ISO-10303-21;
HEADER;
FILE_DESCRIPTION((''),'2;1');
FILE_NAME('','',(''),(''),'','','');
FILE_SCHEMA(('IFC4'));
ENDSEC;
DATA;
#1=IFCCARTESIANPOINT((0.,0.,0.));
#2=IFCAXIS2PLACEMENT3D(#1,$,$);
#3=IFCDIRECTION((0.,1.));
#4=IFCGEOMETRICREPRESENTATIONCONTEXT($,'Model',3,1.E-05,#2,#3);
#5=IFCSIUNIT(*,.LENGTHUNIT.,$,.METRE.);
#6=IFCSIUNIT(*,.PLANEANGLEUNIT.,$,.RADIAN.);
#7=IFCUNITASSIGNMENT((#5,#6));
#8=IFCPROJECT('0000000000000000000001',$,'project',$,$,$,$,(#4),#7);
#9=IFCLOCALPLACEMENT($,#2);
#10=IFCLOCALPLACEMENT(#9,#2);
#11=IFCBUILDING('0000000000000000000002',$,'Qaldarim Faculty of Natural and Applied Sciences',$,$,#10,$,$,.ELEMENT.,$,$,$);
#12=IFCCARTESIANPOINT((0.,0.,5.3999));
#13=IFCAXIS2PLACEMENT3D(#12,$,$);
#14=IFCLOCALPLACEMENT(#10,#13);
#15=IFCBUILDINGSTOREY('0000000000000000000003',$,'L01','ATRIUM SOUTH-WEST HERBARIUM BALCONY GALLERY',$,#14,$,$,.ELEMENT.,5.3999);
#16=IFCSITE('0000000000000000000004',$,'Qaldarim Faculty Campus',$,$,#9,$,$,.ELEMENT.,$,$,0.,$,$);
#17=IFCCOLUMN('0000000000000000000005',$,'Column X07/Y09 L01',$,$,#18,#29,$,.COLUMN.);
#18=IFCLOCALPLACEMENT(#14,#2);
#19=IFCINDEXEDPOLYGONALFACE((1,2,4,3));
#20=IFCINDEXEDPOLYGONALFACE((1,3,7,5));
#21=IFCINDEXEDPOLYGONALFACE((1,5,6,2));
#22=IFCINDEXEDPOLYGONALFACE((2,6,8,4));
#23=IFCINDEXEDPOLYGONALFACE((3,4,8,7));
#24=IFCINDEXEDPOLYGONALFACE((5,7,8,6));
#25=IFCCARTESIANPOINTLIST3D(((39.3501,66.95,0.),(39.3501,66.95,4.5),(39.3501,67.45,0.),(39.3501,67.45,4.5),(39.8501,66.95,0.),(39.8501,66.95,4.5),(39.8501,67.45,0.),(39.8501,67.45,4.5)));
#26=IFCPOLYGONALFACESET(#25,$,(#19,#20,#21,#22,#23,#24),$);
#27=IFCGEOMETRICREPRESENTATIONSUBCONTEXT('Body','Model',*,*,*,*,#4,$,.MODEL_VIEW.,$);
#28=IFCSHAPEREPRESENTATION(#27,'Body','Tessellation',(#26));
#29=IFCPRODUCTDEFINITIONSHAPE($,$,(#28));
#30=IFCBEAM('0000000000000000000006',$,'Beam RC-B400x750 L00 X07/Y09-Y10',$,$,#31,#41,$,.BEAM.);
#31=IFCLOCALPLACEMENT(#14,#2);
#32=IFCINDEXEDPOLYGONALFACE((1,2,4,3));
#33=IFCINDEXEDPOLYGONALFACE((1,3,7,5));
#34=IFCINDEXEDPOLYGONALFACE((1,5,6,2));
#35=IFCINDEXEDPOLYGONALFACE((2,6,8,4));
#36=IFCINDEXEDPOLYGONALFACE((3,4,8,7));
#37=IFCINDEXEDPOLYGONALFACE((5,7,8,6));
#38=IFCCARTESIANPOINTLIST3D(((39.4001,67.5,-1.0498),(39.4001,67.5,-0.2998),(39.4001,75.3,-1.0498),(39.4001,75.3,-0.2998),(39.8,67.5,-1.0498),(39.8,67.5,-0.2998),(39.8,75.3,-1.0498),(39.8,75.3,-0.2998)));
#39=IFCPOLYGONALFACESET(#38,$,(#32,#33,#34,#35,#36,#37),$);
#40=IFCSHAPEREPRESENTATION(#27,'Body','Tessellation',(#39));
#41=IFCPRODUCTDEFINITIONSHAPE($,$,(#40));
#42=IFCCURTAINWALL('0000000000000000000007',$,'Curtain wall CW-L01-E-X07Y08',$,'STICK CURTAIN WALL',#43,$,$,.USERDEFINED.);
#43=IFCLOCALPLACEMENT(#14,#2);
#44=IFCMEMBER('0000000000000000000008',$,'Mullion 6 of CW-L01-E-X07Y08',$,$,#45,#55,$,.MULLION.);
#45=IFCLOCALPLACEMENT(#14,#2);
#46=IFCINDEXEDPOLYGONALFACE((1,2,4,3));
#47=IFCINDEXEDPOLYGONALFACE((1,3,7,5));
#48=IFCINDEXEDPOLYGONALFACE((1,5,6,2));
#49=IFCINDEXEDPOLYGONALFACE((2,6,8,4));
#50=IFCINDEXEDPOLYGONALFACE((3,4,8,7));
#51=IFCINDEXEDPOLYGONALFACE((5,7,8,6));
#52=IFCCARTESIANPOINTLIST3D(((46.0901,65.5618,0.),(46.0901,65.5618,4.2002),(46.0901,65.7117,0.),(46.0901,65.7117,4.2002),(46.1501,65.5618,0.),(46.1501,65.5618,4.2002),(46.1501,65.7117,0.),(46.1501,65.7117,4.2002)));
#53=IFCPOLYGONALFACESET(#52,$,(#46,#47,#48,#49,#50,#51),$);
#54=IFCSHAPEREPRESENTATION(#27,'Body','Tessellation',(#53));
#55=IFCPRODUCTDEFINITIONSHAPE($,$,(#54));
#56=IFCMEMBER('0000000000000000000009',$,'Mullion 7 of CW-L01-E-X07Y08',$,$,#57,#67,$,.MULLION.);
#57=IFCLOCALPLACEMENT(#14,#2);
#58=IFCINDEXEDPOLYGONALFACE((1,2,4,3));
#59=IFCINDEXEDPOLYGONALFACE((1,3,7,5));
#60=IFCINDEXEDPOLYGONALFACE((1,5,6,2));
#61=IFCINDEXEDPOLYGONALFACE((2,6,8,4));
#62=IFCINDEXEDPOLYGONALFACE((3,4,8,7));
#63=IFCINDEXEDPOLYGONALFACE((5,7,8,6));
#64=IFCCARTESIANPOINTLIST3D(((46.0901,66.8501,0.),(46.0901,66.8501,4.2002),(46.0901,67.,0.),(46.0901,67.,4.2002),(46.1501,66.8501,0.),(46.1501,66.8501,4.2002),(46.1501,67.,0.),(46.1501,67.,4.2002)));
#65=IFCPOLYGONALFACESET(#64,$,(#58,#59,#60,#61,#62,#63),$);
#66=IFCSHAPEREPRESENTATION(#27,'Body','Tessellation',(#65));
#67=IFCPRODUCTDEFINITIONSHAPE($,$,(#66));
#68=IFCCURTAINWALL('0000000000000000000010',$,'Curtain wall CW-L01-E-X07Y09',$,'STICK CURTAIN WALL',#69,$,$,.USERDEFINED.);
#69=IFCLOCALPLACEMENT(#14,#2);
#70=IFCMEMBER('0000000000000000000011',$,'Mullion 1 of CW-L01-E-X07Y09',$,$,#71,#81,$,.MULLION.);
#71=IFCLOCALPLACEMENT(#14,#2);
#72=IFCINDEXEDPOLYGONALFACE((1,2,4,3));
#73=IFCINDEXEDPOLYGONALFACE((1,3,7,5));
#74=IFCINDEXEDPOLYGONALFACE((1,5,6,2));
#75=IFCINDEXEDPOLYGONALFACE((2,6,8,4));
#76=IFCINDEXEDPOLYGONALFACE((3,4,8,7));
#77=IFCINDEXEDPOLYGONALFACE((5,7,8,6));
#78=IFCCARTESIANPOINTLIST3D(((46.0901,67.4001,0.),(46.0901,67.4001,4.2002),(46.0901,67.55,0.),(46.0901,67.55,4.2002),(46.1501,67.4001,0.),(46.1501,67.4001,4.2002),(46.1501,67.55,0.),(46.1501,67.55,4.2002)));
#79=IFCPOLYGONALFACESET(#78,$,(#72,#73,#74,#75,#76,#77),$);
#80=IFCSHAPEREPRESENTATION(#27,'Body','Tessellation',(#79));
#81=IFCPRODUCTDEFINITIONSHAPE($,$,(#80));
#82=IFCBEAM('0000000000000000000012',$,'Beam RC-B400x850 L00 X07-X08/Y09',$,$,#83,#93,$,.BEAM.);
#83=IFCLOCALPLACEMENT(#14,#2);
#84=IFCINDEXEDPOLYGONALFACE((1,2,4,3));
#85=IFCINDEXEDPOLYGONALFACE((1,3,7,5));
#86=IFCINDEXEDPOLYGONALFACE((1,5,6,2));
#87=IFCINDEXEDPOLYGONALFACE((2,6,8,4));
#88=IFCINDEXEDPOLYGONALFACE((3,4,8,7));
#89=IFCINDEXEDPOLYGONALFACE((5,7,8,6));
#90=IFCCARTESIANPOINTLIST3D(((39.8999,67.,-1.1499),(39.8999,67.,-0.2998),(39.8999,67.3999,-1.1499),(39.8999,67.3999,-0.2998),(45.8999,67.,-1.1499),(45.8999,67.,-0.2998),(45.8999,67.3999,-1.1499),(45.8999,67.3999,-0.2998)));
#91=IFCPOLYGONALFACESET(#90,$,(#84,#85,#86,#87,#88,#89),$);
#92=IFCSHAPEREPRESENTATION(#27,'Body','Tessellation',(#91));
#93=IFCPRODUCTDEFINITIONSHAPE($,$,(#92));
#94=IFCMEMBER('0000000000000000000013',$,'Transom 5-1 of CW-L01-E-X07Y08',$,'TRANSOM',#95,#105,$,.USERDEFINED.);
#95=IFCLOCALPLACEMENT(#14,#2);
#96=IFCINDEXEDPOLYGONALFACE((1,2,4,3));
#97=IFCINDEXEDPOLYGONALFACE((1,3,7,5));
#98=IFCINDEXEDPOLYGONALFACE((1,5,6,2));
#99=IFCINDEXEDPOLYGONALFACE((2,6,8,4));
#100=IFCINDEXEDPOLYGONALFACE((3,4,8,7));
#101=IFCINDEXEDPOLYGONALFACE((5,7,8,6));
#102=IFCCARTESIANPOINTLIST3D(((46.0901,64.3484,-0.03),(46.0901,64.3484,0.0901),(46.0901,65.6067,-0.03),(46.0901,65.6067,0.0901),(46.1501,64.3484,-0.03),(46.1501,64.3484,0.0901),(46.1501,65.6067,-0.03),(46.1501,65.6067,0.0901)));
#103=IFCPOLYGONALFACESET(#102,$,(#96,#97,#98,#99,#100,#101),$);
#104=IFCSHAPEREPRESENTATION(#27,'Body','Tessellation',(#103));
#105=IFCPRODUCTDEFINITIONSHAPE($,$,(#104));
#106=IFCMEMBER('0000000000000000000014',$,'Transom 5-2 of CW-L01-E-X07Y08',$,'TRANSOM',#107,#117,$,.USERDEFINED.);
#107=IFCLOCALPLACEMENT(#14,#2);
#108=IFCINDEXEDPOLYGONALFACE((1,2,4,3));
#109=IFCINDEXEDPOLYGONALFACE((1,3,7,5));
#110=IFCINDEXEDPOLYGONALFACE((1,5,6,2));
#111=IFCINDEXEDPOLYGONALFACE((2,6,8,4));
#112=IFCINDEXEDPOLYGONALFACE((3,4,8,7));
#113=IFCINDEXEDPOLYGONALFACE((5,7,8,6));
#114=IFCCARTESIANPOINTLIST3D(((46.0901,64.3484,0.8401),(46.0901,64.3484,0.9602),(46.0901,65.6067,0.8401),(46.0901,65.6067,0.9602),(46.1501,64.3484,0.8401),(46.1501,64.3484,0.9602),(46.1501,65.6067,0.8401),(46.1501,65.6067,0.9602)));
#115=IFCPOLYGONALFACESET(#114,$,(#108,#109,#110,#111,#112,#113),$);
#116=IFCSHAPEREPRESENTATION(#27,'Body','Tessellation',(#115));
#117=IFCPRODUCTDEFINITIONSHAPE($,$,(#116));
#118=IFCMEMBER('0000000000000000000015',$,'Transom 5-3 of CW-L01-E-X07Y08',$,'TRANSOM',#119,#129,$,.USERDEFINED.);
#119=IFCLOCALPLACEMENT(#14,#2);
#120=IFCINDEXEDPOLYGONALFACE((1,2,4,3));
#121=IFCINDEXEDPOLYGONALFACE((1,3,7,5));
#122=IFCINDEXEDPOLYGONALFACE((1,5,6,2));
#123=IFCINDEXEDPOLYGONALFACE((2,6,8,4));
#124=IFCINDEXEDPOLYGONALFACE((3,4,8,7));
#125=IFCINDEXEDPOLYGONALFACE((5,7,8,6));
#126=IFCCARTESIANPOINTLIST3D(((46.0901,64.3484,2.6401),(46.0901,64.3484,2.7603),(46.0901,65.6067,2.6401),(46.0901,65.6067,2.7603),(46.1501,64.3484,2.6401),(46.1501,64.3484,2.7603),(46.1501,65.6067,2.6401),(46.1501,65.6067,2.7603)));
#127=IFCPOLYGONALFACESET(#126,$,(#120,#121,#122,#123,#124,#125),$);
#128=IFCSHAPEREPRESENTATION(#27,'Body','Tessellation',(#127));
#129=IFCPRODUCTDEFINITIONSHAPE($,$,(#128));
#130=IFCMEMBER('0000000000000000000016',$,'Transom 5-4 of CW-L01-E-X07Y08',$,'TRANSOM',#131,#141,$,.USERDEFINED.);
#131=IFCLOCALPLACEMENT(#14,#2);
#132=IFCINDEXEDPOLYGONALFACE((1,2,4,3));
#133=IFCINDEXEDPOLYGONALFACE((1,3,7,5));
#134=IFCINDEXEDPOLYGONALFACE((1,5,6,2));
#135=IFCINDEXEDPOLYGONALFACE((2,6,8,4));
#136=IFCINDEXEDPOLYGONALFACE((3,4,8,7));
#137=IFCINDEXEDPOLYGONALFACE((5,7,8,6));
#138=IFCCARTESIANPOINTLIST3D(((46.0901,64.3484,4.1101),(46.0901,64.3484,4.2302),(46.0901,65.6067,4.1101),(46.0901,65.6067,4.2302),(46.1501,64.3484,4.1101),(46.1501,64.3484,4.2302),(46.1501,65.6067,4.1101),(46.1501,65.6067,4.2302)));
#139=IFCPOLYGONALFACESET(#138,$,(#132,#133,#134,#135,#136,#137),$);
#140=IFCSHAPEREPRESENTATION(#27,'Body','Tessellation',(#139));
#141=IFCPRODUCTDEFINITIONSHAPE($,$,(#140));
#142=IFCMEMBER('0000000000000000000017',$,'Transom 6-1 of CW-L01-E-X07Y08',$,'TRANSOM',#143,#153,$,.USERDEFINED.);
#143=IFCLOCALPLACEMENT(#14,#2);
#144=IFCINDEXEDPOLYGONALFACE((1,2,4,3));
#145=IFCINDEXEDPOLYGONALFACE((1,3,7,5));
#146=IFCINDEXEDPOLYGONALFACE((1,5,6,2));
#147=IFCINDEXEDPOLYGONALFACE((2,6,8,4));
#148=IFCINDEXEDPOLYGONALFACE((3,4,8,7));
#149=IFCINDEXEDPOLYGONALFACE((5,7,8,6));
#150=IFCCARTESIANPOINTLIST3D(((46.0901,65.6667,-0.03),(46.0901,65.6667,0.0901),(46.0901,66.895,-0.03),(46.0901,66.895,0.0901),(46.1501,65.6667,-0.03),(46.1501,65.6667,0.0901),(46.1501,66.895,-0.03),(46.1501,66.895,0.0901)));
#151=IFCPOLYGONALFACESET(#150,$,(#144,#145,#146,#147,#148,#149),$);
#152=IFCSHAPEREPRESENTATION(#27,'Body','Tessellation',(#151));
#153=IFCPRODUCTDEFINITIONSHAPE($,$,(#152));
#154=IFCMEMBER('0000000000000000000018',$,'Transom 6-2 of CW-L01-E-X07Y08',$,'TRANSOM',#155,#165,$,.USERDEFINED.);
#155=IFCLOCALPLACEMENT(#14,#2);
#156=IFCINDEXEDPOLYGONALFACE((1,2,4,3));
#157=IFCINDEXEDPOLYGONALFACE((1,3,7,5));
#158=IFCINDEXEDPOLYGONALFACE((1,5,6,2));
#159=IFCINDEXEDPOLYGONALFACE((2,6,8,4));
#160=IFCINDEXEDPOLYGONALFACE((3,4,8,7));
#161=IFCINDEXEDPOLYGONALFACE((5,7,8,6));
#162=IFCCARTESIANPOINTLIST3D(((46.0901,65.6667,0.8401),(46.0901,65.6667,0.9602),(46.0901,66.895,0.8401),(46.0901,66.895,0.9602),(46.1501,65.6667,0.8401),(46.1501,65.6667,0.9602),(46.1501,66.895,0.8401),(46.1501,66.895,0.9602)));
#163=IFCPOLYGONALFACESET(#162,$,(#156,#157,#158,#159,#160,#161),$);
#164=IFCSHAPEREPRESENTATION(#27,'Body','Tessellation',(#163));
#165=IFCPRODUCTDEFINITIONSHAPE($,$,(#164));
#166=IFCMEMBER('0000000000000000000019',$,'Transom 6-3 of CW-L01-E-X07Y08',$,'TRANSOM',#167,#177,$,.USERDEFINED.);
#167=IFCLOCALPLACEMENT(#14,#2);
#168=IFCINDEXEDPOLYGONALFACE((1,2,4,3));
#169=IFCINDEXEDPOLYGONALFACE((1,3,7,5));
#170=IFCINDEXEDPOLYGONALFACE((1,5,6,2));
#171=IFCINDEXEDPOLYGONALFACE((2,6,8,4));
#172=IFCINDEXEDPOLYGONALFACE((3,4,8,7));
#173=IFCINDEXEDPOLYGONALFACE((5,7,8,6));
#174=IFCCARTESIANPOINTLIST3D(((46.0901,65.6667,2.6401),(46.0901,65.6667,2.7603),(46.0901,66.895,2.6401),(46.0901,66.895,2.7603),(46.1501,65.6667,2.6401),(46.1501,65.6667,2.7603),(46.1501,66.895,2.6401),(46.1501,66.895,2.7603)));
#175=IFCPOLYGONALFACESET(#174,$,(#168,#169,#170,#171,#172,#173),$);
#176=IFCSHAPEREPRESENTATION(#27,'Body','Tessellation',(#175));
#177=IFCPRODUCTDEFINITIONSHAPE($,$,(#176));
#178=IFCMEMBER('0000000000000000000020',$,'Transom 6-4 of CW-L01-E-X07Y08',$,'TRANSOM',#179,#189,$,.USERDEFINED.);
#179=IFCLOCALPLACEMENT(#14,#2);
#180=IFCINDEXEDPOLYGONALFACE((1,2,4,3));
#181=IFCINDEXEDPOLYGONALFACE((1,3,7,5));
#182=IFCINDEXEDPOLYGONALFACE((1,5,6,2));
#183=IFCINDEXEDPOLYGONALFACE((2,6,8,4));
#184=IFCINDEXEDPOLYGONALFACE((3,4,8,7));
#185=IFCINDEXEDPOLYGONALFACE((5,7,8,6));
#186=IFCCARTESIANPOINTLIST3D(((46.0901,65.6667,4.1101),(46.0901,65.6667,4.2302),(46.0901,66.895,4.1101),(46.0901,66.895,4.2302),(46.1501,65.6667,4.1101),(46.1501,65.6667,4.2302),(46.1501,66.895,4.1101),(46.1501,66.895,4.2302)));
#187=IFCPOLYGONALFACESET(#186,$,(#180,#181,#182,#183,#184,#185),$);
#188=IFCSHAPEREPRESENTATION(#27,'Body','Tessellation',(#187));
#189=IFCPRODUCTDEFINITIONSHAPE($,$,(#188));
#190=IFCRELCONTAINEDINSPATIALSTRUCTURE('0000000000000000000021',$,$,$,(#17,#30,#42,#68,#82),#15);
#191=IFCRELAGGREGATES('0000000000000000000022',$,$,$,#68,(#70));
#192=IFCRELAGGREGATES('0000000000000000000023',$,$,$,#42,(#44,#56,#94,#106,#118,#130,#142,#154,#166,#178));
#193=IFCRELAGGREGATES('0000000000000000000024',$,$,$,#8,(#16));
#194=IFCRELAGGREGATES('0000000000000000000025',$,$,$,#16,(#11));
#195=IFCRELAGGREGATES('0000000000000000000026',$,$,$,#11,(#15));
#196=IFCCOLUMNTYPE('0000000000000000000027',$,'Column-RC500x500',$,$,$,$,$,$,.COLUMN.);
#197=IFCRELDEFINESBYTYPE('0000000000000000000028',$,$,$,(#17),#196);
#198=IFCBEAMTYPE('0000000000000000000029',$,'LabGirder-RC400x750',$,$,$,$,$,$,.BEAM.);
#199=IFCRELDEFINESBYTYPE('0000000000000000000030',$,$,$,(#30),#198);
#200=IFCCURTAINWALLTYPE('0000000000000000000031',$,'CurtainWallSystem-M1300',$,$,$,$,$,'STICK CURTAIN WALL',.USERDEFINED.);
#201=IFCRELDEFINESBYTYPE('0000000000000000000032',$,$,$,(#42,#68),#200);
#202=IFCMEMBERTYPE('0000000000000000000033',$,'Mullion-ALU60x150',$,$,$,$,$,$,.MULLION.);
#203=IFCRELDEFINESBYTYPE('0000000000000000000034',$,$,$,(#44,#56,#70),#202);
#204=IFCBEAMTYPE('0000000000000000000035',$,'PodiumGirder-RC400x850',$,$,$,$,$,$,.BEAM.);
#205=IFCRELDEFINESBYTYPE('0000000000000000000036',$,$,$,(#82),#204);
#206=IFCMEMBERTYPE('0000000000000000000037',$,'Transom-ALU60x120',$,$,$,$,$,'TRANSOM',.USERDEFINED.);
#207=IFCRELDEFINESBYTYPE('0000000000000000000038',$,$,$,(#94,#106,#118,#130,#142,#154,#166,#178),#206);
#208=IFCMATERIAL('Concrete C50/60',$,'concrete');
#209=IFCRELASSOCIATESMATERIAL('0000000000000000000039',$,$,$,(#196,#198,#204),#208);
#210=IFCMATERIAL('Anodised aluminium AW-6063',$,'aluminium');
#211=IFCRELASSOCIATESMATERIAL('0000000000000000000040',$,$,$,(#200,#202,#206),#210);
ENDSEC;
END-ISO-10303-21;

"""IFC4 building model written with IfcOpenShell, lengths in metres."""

from ifc_helpers import new_model, si_unit, direction, frame, origin, origin_2d, place, context, subcontext, project, spatial, rectangle, extrude, material, material_profile, profile_set, type_object, element, aggregate, save


model = new_model("IFC4")

# Units and contexts
model_context = context("Model", 3, precision=1e-05, world=origin(), true_north=direction((0.0, 1.0)))
body_context = subcontext(model_context, "Body", "Model", "MODEL_VIEW")
ifc_project = project(units=[si_unit("LENGTHUNIT", "METRE"), si_unit("PLANEANGLEUNIT", "RADIAN")], contexts=[model_context])

# Site, building, storey
site_placement = place(None, origin())
site = spatial("IfcSite", under=ifc_project, at=site_placement, Name="Qaldarim Faculty Campus", CompositionType="ELEMENT", RefElevation=0.0)
building_placement = place(site_placement, origin())
building = spatial("IfcBuilding", under=site, at=building_placement, Name="Qaldarim Faculty of Natural and Applied Sciences", CompositionType="ELEMENT")
storey_placement = place(building_placement, frame((0.0, 0.0, 5.3999)))
storey = spatial("IfcBuildingStorey", under=building, at=storey_placement, Name="L01", Description="ATRIUM SOUTH-WEST HERBARIUM BALCONY GALLERY", CompositionType="ELEMENT", Elevation=5.3999)

# Column
ifc_material_1 = material(Name="Concrete C50/60", Category="concrete")
ifc_material_profile_1 = material_profile(ifc_material_1, rectangle(XDim=0.5, YDim=0.5, at=origin_2d()), Name="RC-C500x500")
ifc_profile_set_1 = profile_set([ifc_material_profile_1], Name="Concrete C50/60")
column_type = type_object("IfcColumnType", Name="Column-RC500x500", PredefinedType="COLUMN", material=ifc_profile_set_1)
column_placement = place(storey_placement, frame((39.6001, 67.2, 0.0), z_axis=(0.0, 0.0, 1.0), x_axis=(1.0, 0.0, 0.0)))
element("IfcColumn", 1, at=column_placement, inside=storey, type_object=column_type, Name="Column X07/Y09 L01", PredefinedType="COLUMN", context=body_context, shape_type="SweptSolid", body=[
    extrude(rectangle(XDim=0.5, YDim=0.5, at=origin_2d()), origin(), (0.0, 0.0, 1.0), 4.5),
])

# Beam
ifc_material_profile_2 = material_profile(ifc_material_1, rectangle(XDim=0.3999, YDim=0.75, at=origin_2d()), Name="RC-B400x750")
ifc_profile_set_2 = profile_set([ifc_material_profile_2], Name="Concrete C50/60")
beam_type_1 = type_object("IfcBeamType", Name="LabGirder-RC400x750", PredefinedType="BEAM", material=ifc_profile_set_2)
beam_1_placement = place(storey_placement, frame((39.6001, 67.5, -0.6748), z_axis=(0.0, 1.0, 0.0), x_axis=(-1.0, 0.0, 0.0)))
element("IfcBeam", 2, at=beam_1_placement, inside=storey, type_object=beam_type_1, Name="Beam RC-B400x750 L00 X07/Y09-Y10", PredefinedType="BEAM", context=body_context, shape_type="SweptSolid", body=[
    extrude(rectangle(XDim=0.3999, YDim=0.75, at=origin_2d()), origin(), (0.0, 0.0, 1.0), 7.8),
])

# Curtain wall, members
ifc_material_2 = material(Name="Anodised aluminium AW-6063", Category="aluminium")
curtain_wall_type = type_object("IfcCurtainWallType", Name="CurtainWallSystem-M1300", ElementType="STICK CURTAIN WALL", PredefinedType="USERDEFINED", material=ifc_material_2)
curtain_wall_1_placement = place(storey_placement, origin())
curtain_wall_1 = element("IfcCurtainWall", 3, at=curtain_wall_1_placement, inside=storey, type_object=curtain_wall_type, Name="Curtain wall CW-L01-E-X07Y08", ObjectType="STICK CURTAIN WALL", PredefinedType="USERDEFINED")
ifc_material_profile_3 = material_profile(ifc_material_2, rectangle(XDim=0.0601, YDim=0.1499, at=origin_2d()), Name="ALU-M60x150")
ifc_profile_set_3 = profile_set([ifc_material_profile_3], Name="Anodised aluminium AW-6063")
member_type_1 = type_object("IfcMemberType", Name="Mullion-ALU60x150", PredefinedType="MULLION", material=ifc_profile_set_3)
member_1_placement = place(storey_placement, frame((46.1201, 65.6367, 0.0), z_axis=(0.0, 0.0, 1.0), x_axis=(-1.0, 0.0, 0.0)))
member_1 = element("IfcMember", 4, at=member_1_placement, type_object=member_type_1, Name="Mullion 6 of CW-L01-E-X07Y08", PredefinedType="MULLION", context=body_context, shape_type="SweptSolid", body=[
    extrude(rectangle(XDim=0.0601, YDim=0.1499, at=origin_2d()), origin(), (0.0, 0.0, 1.0), 4.2002),
])
member_2_placement = place(storey_placement, frame((46.1201, 66.925, 0.0), z_axis=(0.0, 0.0, 1.0), x_axis=(-1.0, 0.0, 0.0)))
member_2 = element("IfcMember", 5, at=member_2_placement, type_object=member_type_1, Name="Mullion 7 of CW-L01-E-X07Y08", PredefinedType="MULLION", context=body_context, shape_type="SweptSolid", body=[
    extrude(rectangle(XDim=0.0601, YDim=0.1499, at=origin_2d()), origin(), (0.0, 0.0, 1.0), 4.2002),
])

# Curtain wall, member
curtain_wall_2_placement = place(storey_placement, origin())
curtain_wall_2 = element("IfcCurtainWall", 6, at=curtain_wall_2_placement, inside=storey, type_object=curtain_wall_type, Name="Curtain wall CW-L01-E-X07Y09", ObjectType="STICK CURTAIN WALL", PredefinedType="USERDEFINED")
member_3_placement = place(storey_placement, frame((46.1201, 67.4751, 0.0), z_axis=(0.0, 0.0, 1.0), x_axis=(-1.0, 0.0, 0.0)))
member_3 = element("IfcMember", 7, at=member_3_placement, type_object=member_type_1, Name="Mullion 1 of CW-L01-E-X07Y09", PredefinedType="MULLION", context=body_context, shape_type="SweptSolid", body=[
    extrude(rectangle(XDim=0.0601, YDim=0.1499, at=origin_2d()), origin(), (0.0, 0.0, 1.0), 4.2002),
])

# Beam
ifc_material_profile_4 = material_profile(ifc_material_1, rectangle(XDim=0.3999, YDim=0.8501, at=origin_2d()), Name="RC-B400x850")
ifc_profile_set_4 = profile_set([ifc_material_profile_4], Name="Concrete C50/60")
beam_type_2 = type_object("IfcBeamType", Name="PodiumGirder-RC400x850", PredefinedType="BEAM", material=ifc_profile_set_4)
beam_2_placement = place(storey_placement, frame((39.8999, 67.2, -0.7249), z_axis=(1.0, 0.0, 0.0), x_axis=(0.0, 1.0, 0.0)))
element("IfcBeam", 8, at=beam_2_placement, inside=storey, type_object=beam_type_2, Name="Beam RC-B400x850 L00 X07-X08/Y09", PredefinedType="BEAM", context=body_context, shape_type="SweptSolid", body=[
    extrude(rectangle(XDim=0.3999, YDim=0.8501, at=origin_2d()), origin(), (0.0, 0.0, 1.0), 6.0),
])

# Members
ifc_material_profile_5 = material_profile(ifc_material_2, rectangle(XDim=0.0601, YDim=0.1201, at=origin_2d()), Name="ALU-T60x120")
ifc_profile_set_5 = profile_set([ifc_material_profile_5], Name="Anodised aluminium AW-6063")
member_type_2 = type_object("IfcMemberType", Name="Transom-ALU60x120", ElementType="TRANSOM", PredefinedType="USERDEFINED", material=ifc_profile_set_5)
member_4_placement = place(storey_placement, frame((46.1201, 64.3484, 0.03), z_axis=(0.0, 1.0, 0.0), x_axis=(-1.0, 0.0, 0.0)))
member_4 = element("IfcMember", 9, at=member_4_placement, type_object=member_type_2, Name="Transom 5-1 of CW-L01-E-X07Y08", ObjectType="TRANSOM", PredefinedType="USERDEFINED", context=body_context, shape_type="SweptSolid", body=[
    extrude(rectangle(XDim=0.0601, YDim=0.1201, at=origin_2d()), origin(), (0.0, 0.0, 1.0), 1.2583),
])
member_5_placement = place(storey_placement, frame((46.1201, 64.3484, 0.9001), z_axis=(0.0, 1.0, 0.0), x_axis=(-1.0, 0.0, 0.0)))
member_5 = element("IfcMember", 10, at=member_5_placement, type_object=member_type_2, Name="Transom 5-2 of CW-L01-E-X07Y08", ObjectType="TRANSOM", PredefinedType="USERDEFINED", context=body_context, shape_type="SweptSolid", body=[
    extrude(rectangle(XDim=0.0601, YDim=0.1201, at=origin_2d()), origin(), (0.0, 0.0, 1.0), 1.2583),
])
member_6_placement = place(storey_placement, frame((46.1201, 64.3484, 2.7002), z_axis=(0.0, 1.0, 0.0), x_axis=(-1.0, 0.0, 0.0)))
member_6 = element("IfcMember", 11, at=member_6_placement, type_object=member_type_2, Name="Transom 5-3 of CW-L01-E-X07Y08", ObjectType="TRANSOM", PredefinedType="USERDEFINED", context=body_context, shape_type="SweptSolid", body=[
    extrude(rectangle(XDim=0.0601, YDim=0.1201, at=origin_2d()), origin(), (0.0, 0.0, 1.0), 1.2583),
])
member_7_placement = place(storey_placement, frame((46.1201, 64.3484, 4.1702), z_axis=(0.0, 1.0, 0.0), x_axis=(-1.0, 0.0, 0.0)))
member_7 = element("IfcMember", 12, at=member_7_placement, type_object=member_type_2, Name="Transom 5-4 of CW-L01-E-X07Y08", ObjectType="TRANSOM", PredefinedType="USERDEFINED", context=body_context, shape_type="SweptSolid", body=[
    extrude(rectangle(XDim=0.0601, YDim=0.1201, at=origin_2d()), origin(), (0.0, 0.0, 1.0), 1.2583),
])
member_8_placement = place(storey_placement, frame((46.1201, 65.6667, 0.03), z_axis=(0.0, 1.0, 0.0), x_axis=(-1.0, 0.0, 0.0)))
member_8 = element("IfcMember", 13, at=member_8_placement, type_object=member_type_2, Name="Transom 6-1 of CW-L01-E-X07Y08", ObjectType="TRANSOM", PredefinedType="USERDEFINED", context=body_context, shape_type="SweptSolid", body=[
    extrude(rectangle(XDim=0.0601, YDim=0.1201, at=origin_2d()), origin(), (0.0, 0.0, 1.0), 1.2283),
])
member_9_placement = place(storey_placement, frame((46.1201, 65.6667, 0.9001), z_axis=(0.0, 1.0, 0.0), x_axis=(-1.0, 0.0, 0.0)))
member_9 = element("IfcMember", 14, at=member_9_placement, type_object=member_type_2, Name="Transom 6-2 of CW-L01-E-X07Y08", ObjectType="TRANSOM", PredefinedType="USERDEFINED", context=body_context, shape_type="SweptSolid", body=[
    extrude(rectangle(XDim=0.0601, YDim=0.1201, at=origin_2d()), origin(), (0.0, 0.0, 1.0), 1.2283),
])
member_10_placement = place(storey_placement, frame((46.1201, 65.6667, 2.7002), z_axis=(0.0, 1.0, 0.0), x_axis=(-1.0, 0.0, 0.0)))
member_10 = element("IfcMember", 15, at=member_10_placement, type_object=member_type_2, Name="Transom 6-3 of CW-L01-E-X07Y08", ObjectType="TRANSOM", PredefinedType="USERDEFINED", context=body_context, shape_type="SweptSolid", body=[
    extrude(rectangle(XDim=0.0601, YDim=0.1201, at=origin_2d()), origin(), (0.0, 0.0, 1.0), 1.2283),
])
member_11_placement = place(storey_placement, frame((46.1201, 65.6667, 4.1702), z_axis=(0.0, 1.0, 0.0), x_axis=(-1.0, 0.0, 0.0)))
member_11 = element("IfcMember", 16, at=member_11_placement, type_object=member_type_2, Name="Transom 6-4 of CW-L01-E-X07Y08", ObjectType="TRANSOM", PredefinedType="USERDEFINED", context=body_context, shape_type="SweptSolid", body=[
    extrude(rectangle(XDim=0.0601, YDim=0.1201, at=origin_2d()), origin(), (0.0, 0.0, 1.0), 1.2283),
])
aggregate(curtain_wall_2, [member_3])

aggregate(curtain_wall_1, [member_1, member_2, member_4, member_5, member_6, member_7, member_8, member_9, member_10, member_11])

save(model, "model.ifc")
